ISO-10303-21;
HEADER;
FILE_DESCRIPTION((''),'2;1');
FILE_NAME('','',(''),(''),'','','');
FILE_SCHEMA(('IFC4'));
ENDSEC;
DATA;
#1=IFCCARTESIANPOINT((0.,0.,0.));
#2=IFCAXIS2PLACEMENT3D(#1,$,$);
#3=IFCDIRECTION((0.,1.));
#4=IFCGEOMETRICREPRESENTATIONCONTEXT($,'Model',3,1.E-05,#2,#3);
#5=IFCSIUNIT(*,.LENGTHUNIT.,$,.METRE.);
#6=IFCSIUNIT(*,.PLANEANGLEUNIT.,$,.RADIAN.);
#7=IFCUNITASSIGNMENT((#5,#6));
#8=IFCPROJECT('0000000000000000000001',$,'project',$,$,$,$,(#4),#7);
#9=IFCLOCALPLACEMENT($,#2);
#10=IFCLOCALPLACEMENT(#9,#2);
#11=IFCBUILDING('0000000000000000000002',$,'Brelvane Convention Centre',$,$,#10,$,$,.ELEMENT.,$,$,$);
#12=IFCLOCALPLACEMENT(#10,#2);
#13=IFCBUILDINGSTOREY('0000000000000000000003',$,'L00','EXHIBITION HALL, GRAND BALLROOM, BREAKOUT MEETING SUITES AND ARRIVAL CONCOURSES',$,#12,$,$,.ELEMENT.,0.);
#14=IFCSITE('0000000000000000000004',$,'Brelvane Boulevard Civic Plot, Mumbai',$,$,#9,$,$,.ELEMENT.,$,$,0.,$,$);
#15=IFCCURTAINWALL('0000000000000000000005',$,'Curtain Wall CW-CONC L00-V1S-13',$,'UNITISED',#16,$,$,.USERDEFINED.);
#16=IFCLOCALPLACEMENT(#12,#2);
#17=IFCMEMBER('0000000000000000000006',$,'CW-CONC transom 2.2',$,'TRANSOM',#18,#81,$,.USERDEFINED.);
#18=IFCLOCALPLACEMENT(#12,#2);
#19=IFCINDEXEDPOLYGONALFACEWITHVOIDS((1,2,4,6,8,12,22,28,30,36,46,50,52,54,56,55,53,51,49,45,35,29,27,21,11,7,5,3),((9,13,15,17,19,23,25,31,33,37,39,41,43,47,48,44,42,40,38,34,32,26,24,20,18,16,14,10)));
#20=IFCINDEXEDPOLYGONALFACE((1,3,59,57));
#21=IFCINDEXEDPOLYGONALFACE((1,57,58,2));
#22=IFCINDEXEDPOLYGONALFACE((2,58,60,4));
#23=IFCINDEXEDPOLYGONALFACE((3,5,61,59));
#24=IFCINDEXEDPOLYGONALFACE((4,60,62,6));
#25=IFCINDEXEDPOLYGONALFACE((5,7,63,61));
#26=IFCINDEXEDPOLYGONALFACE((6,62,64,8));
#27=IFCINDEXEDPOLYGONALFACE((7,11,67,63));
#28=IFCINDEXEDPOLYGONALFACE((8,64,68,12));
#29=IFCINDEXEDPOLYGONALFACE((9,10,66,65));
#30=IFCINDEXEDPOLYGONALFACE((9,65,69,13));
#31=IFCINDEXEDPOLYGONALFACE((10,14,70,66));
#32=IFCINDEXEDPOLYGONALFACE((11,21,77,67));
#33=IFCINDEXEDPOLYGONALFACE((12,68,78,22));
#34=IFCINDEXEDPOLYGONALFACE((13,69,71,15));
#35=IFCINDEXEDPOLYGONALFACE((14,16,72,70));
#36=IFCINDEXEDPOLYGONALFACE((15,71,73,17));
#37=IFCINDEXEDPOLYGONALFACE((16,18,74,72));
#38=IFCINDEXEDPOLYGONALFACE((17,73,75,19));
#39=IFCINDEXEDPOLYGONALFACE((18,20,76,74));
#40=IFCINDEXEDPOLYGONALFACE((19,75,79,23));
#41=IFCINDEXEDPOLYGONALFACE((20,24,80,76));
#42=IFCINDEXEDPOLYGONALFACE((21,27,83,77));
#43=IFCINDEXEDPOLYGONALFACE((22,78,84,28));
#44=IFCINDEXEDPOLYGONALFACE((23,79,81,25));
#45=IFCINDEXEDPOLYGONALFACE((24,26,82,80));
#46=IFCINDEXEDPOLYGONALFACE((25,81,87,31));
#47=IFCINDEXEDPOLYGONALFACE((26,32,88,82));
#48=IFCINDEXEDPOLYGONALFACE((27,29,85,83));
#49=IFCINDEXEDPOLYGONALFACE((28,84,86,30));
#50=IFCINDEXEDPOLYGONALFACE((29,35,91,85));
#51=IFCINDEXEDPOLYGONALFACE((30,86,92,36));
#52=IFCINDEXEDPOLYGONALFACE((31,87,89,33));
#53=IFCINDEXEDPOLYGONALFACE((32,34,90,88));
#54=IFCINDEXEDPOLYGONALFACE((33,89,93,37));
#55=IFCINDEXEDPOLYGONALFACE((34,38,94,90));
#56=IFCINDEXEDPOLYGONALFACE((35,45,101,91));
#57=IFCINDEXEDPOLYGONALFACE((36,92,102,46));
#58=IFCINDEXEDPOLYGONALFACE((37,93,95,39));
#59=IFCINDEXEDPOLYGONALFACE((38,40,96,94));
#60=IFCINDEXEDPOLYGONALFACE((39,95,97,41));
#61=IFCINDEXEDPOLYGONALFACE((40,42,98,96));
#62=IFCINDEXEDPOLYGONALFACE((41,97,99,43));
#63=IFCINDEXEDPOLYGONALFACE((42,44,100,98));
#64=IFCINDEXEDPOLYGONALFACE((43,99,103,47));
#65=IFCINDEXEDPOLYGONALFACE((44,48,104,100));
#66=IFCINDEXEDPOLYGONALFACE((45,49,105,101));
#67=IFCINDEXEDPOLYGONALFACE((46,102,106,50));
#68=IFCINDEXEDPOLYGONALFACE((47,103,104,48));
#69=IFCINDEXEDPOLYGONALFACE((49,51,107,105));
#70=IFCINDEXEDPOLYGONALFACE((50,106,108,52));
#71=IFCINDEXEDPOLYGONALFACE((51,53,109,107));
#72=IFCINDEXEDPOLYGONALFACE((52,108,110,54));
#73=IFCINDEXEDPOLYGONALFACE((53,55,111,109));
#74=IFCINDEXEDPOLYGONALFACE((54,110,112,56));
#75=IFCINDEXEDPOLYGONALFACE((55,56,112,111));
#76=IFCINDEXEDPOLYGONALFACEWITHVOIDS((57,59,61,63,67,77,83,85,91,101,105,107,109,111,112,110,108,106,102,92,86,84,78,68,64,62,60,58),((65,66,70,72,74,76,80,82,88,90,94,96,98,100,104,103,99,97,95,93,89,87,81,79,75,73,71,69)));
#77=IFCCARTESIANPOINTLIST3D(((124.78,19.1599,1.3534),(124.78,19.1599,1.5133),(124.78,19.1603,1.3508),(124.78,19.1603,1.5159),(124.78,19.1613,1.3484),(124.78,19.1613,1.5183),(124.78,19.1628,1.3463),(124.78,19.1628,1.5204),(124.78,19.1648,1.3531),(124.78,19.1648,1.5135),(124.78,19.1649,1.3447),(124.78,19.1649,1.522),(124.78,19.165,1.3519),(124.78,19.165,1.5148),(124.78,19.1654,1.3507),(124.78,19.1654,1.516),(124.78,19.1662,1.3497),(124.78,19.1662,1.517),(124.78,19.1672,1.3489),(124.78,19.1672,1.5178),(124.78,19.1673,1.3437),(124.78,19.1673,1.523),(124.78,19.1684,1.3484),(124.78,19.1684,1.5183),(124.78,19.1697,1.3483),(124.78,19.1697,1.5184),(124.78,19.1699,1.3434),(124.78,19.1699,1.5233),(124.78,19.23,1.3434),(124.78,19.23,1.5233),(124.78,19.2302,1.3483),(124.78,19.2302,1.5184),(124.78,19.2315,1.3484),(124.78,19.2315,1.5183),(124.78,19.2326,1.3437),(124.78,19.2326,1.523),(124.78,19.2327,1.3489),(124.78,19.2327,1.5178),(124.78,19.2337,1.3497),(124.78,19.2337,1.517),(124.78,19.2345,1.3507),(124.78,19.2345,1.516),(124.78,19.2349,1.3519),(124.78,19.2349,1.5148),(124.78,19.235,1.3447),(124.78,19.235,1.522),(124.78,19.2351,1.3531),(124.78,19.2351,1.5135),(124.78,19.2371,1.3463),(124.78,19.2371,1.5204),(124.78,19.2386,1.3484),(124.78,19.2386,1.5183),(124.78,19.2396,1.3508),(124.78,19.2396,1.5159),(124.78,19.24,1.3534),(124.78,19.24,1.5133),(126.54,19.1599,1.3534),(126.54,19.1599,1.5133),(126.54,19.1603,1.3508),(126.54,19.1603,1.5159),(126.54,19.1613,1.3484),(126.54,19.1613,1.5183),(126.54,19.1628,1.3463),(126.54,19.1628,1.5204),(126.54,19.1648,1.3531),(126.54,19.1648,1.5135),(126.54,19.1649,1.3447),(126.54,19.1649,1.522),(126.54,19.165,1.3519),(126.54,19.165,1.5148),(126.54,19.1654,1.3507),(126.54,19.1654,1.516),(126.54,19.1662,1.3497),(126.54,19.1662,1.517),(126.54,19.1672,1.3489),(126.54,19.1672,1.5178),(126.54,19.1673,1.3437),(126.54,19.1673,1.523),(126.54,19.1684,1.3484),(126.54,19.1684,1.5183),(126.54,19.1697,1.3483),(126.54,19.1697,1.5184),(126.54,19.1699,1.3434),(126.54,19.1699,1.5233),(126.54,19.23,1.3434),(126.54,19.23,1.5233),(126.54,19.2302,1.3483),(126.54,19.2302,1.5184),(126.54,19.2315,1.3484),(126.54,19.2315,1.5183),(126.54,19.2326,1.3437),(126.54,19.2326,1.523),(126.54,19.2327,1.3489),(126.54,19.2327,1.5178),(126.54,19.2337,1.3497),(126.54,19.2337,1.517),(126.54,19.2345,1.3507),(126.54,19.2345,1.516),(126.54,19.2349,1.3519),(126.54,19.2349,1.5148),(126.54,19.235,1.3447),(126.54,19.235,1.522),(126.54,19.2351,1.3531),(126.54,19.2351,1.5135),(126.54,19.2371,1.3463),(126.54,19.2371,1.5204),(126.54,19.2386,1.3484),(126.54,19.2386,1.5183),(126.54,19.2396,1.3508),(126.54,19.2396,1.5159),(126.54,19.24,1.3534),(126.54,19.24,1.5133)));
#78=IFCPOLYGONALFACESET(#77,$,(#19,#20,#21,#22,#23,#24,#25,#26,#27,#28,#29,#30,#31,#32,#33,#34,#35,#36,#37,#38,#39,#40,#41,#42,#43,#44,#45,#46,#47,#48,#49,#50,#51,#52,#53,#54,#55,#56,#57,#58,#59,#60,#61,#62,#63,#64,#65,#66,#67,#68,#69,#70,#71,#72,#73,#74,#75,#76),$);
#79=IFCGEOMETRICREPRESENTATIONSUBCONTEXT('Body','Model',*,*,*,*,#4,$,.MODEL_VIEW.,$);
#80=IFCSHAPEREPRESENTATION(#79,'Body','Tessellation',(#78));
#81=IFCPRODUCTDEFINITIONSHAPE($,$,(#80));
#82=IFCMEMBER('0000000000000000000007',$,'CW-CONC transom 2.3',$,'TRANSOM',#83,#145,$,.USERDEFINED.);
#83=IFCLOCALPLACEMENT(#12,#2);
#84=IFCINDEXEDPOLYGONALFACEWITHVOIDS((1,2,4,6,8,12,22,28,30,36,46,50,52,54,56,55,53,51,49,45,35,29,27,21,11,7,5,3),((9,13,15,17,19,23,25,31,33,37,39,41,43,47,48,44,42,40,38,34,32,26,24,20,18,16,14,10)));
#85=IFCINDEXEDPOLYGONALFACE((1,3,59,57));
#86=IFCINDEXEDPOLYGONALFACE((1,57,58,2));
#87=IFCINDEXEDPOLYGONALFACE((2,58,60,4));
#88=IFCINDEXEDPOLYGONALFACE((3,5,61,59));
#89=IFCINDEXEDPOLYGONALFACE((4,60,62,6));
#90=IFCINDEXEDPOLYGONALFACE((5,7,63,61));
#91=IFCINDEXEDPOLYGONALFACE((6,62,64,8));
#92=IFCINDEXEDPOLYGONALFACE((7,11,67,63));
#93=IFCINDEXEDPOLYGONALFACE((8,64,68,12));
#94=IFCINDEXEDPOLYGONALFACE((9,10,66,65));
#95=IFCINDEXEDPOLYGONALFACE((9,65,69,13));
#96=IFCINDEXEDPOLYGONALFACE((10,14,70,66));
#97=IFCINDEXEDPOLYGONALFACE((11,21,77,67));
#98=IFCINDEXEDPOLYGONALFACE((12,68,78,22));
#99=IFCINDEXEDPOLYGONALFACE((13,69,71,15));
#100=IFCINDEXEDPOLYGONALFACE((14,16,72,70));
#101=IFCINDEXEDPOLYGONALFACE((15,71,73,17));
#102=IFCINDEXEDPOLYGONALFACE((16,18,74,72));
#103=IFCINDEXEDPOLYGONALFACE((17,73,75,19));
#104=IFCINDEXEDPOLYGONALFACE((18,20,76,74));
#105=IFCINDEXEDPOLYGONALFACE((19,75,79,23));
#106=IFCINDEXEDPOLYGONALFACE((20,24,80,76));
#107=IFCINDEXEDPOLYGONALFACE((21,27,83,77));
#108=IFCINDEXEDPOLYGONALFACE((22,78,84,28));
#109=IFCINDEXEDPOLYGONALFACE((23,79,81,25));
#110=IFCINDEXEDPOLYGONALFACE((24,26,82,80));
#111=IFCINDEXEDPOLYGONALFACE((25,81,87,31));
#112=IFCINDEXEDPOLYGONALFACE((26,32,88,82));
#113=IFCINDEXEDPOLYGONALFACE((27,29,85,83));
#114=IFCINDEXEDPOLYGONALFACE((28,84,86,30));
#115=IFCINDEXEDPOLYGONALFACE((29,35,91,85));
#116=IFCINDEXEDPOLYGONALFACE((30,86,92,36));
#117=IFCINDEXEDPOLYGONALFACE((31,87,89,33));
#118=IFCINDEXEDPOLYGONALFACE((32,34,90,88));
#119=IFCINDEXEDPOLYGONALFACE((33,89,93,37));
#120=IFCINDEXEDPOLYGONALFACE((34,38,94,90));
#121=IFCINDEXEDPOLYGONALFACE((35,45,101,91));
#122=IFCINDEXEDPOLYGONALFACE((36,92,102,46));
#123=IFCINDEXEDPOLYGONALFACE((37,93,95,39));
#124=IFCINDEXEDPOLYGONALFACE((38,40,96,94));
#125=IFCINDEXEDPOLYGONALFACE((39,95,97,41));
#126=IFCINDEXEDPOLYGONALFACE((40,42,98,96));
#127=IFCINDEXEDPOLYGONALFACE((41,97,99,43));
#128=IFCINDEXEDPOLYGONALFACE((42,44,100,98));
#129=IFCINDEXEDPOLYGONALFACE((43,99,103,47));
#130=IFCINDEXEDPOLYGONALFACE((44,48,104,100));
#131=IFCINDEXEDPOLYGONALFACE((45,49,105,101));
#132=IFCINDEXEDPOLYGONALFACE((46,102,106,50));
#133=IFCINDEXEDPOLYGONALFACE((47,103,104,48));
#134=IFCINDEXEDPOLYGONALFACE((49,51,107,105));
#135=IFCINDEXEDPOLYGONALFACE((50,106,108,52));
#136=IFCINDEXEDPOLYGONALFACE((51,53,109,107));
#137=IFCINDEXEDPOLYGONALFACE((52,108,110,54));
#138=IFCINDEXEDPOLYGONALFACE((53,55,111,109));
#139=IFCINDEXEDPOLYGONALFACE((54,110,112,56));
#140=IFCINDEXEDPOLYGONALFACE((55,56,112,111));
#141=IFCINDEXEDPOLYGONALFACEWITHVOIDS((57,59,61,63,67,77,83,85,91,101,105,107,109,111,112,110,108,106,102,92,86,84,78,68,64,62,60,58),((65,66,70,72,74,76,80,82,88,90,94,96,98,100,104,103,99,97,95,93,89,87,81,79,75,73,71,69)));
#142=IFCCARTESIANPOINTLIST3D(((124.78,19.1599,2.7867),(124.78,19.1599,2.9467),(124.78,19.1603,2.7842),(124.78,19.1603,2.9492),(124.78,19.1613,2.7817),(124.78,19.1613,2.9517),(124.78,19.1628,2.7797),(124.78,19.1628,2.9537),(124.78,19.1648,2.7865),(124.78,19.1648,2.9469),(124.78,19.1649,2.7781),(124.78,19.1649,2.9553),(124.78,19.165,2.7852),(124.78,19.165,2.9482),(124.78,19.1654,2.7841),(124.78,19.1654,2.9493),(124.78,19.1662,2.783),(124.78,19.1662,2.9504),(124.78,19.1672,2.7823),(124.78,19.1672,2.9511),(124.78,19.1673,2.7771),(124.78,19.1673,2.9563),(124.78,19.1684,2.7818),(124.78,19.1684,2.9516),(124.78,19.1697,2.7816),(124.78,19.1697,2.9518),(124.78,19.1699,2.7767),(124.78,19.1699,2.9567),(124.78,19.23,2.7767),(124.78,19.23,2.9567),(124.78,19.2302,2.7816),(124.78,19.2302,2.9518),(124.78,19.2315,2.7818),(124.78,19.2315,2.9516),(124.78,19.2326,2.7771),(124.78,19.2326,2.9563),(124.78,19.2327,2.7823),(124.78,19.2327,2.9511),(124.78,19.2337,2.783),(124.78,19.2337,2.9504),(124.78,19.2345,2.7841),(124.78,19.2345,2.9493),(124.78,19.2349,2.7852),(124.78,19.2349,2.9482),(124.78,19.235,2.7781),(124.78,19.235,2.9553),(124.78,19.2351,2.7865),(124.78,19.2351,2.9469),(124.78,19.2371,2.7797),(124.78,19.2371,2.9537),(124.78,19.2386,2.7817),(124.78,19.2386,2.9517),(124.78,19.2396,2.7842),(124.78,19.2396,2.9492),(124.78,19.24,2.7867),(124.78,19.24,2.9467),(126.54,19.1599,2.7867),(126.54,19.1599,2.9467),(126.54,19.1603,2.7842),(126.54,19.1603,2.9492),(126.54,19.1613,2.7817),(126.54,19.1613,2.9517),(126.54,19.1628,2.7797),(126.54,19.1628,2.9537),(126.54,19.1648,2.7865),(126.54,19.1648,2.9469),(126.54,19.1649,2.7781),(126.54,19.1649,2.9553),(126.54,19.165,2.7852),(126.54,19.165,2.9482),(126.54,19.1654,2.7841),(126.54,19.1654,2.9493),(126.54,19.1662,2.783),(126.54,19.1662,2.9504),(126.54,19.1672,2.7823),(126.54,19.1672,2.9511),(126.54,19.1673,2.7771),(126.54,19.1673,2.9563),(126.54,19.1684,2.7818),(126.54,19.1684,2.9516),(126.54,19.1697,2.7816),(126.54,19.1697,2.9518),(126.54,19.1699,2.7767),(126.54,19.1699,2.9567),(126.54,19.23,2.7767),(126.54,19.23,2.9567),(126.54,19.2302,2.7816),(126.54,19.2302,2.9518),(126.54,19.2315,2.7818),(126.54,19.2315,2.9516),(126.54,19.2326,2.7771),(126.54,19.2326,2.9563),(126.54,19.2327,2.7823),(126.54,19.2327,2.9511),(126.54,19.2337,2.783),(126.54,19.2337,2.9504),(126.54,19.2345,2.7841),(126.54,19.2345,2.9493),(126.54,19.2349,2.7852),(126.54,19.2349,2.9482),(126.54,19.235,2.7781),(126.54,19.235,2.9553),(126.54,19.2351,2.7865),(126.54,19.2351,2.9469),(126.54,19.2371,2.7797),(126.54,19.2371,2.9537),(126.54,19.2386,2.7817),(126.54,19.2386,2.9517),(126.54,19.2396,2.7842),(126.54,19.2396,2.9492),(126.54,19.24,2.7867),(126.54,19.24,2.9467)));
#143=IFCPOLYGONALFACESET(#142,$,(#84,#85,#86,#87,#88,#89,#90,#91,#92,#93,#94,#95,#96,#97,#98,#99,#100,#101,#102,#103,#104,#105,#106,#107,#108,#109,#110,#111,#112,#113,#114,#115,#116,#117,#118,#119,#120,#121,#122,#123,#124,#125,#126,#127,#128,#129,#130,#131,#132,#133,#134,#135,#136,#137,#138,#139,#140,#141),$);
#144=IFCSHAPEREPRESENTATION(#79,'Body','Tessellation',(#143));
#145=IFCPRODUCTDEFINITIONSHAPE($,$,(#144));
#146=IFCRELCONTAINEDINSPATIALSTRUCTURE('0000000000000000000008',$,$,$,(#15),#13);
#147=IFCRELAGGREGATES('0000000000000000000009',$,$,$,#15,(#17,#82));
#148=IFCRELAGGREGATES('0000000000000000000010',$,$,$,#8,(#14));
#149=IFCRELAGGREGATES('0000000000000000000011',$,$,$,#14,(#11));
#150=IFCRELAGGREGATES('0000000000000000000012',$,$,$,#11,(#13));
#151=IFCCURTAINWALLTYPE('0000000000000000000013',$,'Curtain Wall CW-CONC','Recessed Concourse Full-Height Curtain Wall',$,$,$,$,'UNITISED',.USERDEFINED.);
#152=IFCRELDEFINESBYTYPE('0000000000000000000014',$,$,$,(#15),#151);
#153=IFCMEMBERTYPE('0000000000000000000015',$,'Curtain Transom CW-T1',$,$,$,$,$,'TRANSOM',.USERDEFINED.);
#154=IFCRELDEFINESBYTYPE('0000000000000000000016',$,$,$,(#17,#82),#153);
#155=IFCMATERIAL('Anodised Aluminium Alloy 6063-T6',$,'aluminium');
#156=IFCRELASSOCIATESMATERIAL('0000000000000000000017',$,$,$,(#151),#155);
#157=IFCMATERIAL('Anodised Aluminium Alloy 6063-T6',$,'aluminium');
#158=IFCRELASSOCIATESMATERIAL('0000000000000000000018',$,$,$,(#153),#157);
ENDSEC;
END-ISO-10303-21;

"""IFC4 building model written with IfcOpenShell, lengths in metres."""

from ifc_helpers import new_model, si_unit, direction, frame, origin, origin_2d, place, context, subcontext, project, spatial, hollow_rectangle, extrude, material, material_profile, profile_set, type_object, element, aggregate, save


model = new_model("IFC4")

# Units and contexts
model_context = context("Model", 3, precision=1e-05, world=origin(), true_north=direction((0.0, 1.0)))
body_context = subcontext(model_context, "Body", "Model", "MODEL_VIEW")
ifc_project = project(units=[si_unit("LENGTHUNIT", "METRE"), si_unit("PLANEANGLEUNIT", "RADIAN")], contexts=[model_context])

# Site, building, storey
site_placement = place(None, origin())
site = spatial("IfcSite", under=ifc_project, at=site_placement, Name="Brelvane Boulevard Civic Plot, Mumbai", CompositionType="ELEMENT", RefElevation=0.0)
building_placement = place(site_placement, origin())
building = spatial("IfcBuilding", under=site, at=building_placement, Name="Brelvane Convention Centre", CompositionType="ELEMENT")
storey_placement = place(building_placement, origin())
storey = spatial("IfcBuildingStorey", under=building, at=storey_placement, Name="L00", Description="EXHIBITION HALL, GRAND BALLROOM, BREAKOUT MEETING SUITES AND ARRIVAL CONCOURSES", CompositionType="ELEMENT", Elevation=0.0)

# Curtain wall, members
ifc_material_1 = material(Name="Anodised Aluminium Alloy 6063-T6", Category="aluminium")
curtain_wall_type = type_object("IfcCurtainWallType", Name="Curtain Wall CW-CONC", Description="Recessed Concourse Full-Height Curtain Wall", ElementType="UNITISED", PredefinedType="USERDEFINED", material=ifc_material_1)
curtain_wall_placement = place(storey_placement, origin())
curtain_wall = element("IfcCurtainWall", 1, at=curtain_wall_placement, inside=storey, type_object=curtain_wall_type, Name="Curtain Wall CW-CONC L00-V1S-13", ObjectType="UNITISED", PredefinedType="USERDEFINED")
ifc_material_2 = material(Name="Anodised Aluminium Alloy 6063-T6", Category="aluminium")
ifc_material_profile_1 = material_profile(ifc_material_2, hollow_rectangle(XDim=0.0801, YDim=0.1799, WallThickness=0.0049, InnerFilletRadius=0.0049, OuterFilletRadius=0.01, at=origin_2d()), Name="ALU-T 180x80x5.0")
ifc_profile_set_1 = profile_set([ifc_material_profile_1], Name="Anodised Aluminium Alloy 6063-T6")
member_type_1 = type_object("IfcMemberType", Name="Curtain Transom CW-T1", ElementType="TRANSOM", PredefinedType="USERDEFINED", material=ifc_profile_set_1)
member_1_placement = place(storey_placement, frame((124.78, 19.2, 1.4333), z_axis=(1.0, 0.0, 0.0), x_axis=(0.0, 1.0, 0.0)))
member_1 = element("IfcMember", 2, at=member_1_placement, type_object=member_type_1, Name="CW-CONC transom 2.2", ObjectType="TRANSOM", PredefinedType="USERDEFINED", context=body_context, shape_type="SweptSolid", body=[
    extrude(hollow_rectangle(XDim=0.0801, YDim=0.1799, WallThickness=0.0049, InnerFilletRadius=0.0049, OuterFilletRadius=0.01, at=origin_2d()), origin(), (0.0, 0.0, 1.0), 1.76),
])
member_2_placement = place(storey_placement, frame((124.78, 19.2, 2.8667), z_axis=(1.0, 0.0, 0.0), x_axis=(0.0, 1.0, 0.0)))
member_2 = element("IfcMember", 3, at=member_2_placement, type_object=member_type_1, Name="CW-CONC transom 2.3", ObjectType="TRANSOM", PredefinedType="USERDEFINED", context=body_context, shape_type="SweptSolid", body=[
    extrude(hollow_rectangle(XDim=0.0801, YDim=0.1799, WallThickness=0.0049, InnerFilletRadius=0.0049, OuterFilletRadius=0.01, at=origin_2d()), origin(), (0.0, 0.0, 1.0), 1.76),
])

aggregate(curtain_wall, [member_1, member_2])

save(model, "model.ifc")
